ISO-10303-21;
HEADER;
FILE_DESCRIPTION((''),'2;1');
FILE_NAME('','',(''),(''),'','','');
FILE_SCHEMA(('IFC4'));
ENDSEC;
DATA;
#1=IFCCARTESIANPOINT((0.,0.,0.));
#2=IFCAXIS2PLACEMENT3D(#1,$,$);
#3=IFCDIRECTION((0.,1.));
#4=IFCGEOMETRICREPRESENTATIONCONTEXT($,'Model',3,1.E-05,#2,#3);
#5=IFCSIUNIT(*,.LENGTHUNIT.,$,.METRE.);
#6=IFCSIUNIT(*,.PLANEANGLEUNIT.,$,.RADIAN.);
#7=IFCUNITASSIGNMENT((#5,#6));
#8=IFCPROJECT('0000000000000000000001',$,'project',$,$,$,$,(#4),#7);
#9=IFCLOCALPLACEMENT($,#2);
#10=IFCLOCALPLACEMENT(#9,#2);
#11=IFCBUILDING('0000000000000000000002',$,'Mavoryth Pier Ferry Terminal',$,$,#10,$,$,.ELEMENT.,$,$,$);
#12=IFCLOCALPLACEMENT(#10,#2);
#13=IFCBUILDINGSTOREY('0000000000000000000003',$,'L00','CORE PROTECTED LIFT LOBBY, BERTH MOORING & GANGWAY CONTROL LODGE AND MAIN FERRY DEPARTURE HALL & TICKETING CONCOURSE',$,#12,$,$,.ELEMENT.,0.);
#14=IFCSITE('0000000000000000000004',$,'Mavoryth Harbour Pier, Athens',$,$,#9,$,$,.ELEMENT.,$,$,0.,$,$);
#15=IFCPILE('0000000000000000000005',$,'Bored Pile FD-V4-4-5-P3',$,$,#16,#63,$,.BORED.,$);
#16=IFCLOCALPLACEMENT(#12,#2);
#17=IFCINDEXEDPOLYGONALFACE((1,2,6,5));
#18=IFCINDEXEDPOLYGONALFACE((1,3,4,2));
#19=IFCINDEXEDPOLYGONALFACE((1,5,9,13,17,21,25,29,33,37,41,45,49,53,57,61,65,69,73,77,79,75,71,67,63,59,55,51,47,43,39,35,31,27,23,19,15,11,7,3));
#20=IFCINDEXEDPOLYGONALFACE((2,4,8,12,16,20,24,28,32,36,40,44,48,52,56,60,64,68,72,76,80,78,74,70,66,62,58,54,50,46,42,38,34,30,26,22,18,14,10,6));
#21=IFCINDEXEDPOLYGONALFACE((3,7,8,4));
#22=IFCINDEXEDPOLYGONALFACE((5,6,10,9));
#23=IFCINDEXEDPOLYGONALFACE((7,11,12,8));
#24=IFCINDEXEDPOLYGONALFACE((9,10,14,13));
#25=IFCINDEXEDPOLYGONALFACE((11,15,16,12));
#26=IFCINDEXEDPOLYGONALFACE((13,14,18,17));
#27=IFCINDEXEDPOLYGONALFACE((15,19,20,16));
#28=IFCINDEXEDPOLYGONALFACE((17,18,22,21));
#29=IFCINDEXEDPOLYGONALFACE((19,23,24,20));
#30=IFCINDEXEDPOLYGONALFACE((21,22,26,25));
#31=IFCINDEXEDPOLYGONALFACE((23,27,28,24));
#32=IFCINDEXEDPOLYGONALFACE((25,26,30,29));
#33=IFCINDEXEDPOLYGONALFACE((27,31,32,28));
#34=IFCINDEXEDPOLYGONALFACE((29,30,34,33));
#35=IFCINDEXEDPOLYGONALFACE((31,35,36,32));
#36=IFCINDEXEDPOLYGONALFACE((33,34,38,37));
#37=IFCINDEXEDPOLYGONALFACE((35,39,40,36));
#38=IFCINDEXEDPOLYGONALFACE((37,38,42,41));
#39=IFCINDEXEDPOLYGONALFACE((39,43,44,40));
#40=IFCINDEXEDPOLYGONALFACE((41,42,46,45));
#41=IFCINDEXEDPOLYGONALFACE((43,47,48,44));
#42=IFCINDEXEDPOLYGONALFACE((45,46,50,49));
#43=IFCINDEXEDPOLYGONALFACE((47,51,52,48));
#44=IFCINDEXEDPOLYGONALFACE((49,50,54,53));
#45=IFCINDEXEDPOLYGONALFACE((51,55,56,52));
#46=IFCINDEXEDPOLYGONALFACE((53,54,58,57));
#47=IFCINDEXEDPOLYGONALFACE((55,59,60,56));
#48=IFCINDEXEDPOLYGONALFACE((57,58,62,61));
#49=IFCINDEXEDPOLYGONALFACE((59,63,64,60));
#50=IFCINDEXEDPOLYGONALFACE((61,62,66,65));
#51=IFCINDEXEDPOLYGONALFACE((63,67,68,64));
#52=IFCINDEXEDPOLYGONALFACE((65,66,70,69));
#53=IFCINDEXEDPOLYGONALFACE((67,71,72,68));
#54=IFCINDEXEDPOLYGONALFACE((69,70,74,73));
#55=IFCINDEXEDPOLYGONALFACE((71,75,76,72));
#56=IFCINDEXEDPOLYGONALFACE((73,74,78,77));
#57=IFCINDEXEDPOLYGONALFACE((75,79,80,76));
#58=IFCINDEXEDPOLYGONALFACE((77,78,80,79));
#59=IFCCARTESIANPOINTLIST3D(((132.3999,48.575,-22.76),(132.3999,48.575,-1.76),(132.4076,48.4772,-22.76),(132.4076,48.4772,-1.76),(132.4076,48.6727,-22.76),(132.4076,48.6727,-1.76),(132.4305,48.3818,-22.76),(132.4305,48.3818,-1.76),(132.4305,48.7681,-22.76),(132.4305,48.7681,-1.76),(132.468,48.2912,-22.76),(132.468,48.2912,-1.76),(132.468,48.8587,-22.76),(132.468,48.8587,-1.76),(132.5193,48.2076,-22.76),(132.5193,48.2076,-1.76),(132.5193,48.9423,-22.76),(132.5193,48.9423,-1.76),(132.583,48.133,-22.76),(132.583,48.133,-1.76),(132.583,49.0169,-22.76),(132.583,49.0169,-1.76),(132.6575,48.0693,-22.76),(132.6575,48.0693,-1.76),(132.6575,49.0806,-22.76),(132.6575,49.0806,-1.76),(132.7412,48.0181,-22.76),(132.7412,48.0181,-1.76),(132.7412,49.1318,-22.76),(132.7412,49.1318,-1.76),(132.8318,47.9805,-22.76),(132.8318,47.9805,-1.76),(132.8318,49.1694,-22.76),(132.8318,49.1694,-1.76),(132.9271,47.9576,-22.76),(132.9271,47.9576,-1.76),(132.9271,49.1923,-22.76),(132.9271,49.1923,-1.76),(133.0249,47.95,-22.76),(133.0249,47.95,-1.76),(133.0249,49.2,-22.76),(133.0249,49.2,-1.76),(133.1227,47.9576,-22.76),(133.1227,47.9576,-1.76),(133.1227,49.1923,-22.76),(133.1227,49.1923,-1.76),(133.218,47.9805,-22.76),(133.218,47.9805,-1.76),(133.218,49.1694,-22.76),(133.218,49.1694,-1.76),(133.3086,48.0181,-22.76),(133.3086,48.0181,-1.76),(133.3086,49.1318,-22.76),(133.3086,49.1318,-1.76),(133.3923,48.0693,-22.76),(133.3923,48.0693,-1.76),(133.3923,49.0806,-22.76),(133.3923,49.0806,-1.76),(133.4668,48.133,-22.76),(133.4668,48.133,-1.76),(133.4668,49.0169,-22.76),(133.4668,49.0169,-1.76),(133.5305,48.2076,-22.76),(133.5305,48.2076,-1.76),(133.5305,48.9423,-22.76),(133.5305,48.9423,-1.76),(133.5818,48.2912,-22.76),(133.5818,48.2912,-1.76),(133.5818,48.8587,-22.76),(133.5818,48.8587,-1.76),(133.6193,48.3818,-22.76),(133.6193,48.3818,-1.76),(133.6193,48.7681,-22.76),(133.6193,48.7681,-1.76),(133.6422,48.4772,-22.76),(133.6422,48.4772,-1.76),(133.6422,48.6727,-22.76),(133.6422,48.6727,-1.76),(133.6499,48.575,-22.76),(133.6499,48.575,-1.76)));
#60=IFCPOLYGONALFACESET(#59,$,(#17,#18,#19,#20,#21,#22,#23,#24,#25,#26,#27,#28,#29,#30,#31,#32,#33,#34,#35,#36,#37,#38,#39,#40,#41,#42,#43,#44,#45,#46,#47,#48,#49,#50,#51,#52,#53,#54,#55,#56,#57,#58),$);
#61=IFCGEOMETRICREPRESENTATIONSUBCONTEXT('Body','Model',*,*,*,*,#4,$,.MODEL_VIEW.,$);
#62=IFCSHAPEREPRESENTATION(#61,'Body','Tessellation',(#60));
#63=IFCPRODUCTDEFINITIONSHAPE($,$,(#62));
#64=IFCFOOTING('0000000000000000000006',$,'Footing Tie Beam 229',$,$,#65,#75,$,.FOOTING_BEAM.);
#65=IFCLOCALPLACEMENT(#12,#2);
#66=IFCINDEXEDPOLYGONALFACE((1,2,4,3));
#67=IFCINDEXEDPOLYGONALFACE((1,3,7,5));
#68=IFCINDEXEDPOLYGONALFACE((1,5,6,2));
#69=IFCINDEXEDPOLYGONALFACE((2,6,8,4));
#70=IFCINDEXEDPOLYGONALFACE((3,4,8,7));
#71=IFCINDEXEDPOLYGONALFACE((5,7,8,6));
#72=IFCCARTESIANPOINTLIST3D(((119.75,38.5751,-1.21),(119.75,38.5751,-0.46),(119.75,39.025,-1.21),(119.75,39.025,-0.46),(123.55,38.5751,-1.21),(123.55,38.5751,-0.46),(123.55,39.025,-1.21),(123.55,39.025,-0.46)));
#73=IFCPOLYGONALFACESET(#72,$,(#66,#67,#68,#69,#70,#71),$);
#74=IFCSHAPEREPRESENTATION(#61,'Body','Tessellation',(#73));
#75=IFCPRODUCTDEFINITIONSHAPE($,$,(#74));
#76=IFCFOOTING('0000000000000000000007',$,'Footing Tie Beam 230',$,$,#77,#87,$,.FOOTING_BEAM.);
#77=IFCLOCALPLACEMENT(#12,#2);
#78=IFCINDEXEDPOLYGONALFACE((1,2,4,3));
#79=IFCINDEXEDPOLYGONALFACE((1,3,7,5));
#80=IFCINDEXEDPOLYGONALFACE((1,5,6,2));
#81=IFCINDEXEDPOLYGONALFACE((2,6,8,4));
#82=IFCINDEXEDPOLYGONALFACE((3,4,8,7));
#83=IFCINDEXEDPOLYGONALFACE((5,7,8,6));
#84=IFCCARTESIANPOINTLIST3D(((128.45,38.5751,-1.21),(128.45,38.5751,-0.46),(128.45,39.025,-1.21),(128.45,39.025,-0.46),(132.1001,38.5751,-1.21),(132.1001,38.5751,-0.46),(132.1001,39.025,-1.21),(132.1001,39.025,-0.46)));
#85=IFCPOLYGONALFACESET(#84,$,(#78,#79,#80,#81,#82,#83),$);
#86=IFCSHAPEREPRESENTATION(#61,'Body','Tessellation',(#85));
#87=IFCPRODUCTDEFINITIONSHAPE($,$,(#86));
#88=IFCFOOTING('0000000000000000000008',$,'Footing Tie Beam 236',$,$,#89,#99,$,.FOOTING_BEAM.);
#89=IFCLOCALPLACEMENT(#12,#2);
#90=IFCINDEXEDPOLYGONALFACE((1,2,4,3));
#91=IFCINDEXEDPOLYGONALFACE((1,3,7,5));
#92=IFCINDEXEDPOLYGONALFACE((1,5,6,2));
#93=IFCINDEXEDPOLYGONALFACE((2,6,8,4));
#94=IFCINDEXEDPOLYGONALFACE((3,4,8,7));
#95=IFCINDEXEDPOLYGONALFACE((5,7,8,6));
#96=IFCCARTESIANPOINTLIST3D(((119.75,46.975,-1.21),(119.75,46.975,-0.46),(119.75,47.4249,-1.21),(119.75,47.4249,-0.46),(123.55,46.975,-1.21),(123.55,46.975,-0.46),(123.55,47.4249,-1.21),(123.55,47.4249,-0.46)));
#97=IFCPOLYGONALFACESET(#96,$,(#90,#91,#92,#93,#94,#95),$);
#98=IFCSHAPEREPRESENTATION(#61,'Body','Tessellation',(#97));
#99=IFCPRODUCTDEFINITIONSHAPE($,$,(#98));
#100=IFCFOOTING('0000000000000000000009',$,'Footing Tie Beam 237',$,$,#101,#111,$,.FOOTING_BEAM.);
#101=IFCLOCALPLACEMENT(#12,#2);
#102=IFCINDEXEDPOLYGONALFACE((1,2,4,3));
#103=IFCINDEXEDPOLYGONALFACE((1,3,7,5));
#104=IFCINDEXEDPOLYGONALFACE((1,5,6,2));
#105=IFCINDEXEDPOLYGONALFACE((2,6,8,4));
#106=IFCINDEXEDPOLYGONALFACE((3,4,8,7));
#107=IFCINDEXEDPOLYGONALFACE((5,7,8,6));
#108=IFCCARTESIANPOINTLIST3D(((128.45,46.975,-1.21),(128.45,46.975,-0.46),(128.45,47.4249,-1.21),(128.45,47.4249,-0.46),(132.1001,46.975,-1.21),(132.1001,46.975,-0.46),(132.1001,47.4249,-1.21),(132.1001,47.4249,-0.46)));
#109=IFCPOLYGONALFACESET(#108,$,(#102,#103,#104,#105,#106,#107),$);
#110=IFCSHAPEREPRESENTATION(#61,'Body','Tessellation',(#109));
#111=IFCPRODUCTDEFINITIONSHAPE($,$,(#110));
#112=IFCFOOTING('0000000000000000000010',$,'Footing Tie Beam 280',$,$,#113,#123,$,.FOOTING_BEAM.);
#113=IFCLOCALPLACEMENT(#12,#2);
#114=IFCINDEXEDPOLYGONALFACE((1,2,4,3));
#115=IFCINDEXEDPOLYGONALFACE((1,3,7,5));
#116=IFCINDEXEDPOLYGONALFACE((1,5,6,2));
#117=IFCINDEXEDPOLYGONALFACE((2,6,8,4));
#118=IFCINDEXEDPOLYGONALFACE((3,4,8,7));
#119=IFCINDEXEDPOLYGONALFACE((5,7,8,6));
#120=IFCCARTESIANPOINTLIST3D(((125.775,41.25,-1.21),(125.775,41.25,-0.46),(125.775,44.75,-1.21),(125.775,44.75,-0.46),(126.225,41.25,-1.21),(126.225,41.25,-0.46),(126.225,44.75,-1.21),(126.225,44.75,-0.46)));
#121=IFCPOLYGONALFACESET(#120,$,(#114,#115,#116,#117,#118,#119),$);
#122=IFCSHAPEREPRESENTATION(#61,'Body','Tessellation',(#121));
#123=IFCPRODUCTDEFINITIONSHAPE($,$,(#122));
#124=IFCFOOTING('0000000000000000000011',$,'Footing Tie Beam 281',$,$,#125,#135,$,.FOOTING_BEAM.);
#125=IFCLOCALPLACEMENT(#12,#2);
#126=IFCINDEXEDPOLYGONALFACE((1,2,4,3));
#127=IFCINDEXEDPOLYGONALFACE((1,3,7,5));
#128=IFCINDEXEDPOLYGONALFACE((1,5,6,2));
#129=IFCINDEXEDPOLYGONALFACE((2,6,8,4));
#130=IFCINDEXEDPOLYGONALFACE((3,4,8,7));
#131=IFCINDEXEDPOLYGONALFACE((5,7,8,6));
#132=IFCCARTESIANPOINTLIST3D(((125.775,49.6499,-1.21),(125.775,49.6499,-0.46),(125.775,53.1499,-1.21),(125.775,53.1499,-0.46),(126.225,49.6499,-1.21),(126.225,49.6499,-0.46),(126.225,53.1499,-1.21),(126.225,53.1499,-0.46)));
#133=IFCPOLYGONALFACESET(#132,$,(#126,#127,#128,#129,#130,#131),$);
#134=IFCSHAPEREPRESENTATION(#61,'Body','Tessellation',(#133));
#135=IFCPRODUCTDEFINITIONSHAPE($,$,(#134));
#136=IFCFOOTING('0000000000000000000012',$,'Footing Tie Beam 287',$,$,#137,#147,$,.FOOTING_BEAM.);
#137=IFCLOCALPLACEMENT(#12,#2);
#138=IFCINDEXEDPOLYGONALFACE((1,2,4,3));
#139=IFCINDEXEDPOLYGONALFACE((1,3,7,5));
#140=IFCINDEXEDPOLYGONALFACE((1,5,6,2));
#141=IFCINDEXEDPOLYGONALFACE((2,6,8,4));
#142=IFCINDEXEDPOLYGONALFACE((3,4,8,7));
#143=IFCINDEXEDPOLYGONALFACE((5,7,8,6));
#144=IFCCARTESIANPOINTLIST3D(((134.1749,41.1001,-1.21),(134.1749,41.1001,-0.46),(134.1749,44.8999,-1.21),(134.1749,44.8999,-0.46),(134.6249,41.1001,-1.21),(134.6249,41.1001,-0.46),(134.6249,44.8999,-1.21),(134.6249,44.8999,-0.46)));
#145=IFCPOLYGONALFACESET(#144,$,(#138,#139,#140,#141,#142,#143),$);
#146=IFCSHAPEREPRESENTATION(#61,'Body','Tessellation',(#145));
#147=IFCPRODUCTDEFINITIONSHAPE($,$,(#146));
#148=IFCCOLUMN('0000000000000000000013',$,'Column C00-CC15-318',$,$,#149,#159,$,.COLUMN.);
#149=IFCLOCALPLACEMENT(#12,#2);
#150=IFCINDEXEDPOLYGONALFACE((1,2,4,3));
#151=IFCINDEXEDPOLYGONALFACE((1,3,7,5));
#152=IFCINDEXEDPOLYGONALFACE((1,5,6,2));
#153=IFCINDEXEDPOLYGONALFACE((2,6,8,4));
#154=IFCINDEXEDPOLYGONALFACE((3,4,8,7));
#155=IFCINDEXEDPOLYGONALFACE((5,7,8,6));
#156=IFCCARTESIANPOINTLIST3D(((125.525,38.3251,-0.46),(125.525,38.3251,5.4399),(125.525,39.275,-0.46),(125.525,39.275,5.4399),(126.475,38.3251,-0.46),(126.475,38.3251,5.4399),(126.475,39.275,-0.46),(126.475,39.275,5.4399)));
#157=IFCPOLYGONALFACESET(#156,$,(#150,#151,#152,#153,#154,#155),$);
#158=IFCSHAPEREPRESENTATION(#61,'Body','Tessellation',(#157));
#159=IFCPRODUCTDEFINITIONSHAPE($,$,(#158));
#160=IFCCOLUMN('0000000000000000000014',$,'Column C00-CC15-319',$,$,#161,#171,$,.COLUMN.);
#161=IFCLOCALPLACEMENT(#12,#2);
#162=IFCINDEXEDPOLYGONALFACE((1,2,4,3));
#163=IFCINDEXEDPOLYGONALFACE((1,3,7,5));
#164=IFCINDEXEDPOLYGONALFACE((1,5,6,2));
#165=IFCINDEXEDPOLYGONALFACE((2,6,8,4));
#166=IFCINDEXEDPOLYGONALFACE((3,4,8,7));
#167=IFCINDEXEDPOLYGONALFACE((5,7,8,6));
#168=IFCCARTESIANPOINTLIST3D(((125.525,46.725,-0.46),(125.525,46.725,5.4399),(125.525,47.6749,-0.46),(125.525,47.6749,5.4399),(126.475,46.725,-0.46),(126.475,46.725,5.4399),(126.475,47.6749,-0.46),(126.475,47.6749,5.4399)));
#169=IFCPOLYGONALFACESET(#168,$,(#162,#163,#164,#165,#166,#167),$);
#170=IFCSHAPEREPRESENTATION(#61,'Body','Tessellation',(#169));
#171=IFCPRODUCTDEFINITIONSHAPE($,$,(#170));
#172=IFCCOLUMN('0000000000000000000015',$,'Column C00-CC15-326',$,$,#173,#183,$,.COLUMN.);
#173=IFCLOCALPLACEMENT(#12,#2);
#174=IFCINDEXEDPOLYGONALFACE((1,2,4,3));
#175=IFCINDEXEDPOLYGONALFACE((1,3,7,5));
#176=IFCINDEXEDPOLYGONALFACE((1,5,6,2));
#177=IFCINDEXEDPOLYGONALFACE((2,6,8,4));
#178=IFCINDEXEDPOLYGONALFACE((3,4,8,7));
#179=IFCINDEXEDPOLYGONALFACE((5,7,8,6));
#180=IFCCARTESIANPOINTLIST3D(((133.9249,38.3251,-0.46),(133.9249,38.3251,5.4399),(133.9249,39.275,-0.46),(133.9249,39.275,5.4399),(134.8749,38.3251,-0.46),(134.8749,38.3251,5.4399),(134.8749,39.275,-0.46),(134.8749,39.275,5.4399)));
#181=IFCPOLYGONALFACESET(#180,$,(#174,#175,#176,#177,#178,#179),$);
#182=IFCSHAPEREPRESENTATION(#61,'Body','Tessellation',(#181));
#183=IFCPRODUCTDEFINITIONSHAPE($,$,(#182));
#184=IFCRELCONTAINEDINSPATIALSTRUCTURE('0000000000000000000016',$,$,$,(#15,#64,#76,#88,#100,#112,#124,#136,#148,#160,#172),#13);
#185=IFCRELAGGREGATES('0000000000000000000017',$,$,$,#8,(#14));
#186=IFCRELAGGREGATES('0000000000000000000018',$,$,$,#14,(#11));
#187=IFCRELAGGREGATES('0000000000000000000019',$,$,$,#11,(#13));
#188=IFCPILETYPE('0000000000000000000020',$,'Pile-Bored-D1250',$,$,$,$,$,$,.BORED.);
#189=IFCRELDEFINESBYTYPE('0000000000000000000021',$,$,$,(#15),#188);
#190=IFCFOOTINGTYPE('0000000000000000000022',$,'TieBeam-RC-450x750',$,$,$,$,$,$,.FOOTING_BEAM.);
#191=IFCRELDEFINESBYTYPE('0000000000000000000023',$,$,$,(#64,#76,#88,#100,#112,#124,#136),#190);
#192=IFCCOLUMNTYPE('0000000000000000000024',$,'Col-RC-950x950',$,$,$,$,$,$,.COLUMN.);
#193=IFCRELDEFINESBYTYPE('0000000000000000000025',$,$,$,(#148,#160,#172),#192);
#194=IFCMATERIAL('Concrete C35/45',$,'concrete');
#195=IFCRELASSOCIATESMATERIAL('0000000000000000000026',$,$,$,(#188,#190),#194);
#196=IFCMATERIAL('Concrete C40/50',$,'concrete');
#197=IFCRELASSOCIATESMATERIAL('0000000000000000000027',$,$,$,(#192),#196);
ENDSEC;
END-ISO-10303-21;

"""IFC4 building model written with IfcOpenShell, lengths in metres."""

from ifc_helpers import new_model, si_unit, direction, frame, origin, origin_2d, place, context, subcontext, project, spatial, rectangle, circle, extrude, material, material_profile, profile_set, type_object, element, save


model = new_model("IFC4")

# Units and contexts
model_context = context("Model", 3, precision=1e-05, world=origin(), true_north=direction((0.0, 1.0)))
body_context = subcontext(model_context, "Body", "Model", "MODEL_VIEW")
ifc_project = project(units=[si_unit("LENGTHUNIT", "METRE"), si_unit("PLANEANGLEUNIT", "RADIAN")], contexts=[model_context])

# Site, building, storey
site_placement = place(None, origin())
site = spatial("IfcSite", under=ifc_project, at=site_placement, Name="Mavoryth Harbour Pier, Athens", CompositionType="ELEMENT", RefElevation=0.0)
building_placement = place(site_placement, origin())
building = spatial("IfcBuilding", under=site, at=building_placement, Name="Mavoryth Pier Ferry Terminal", CompositionType="ELEMENT")
storey_placement = place(building_placement, origin())
storey = spatial("IfcBuildingStorey", under=building, at=storey_placement, Name="L00", Description="CORE PROTECTED LIFT LOBBY, BERTH MOORING & GANGWAY CONTROL LODGE AND MAIN FERRY DEPARTURE HALL & TICKETING CONCOURSE", CompositionType="ELEMENT", Elevation=0.0)

# Shared definitions
ifc_material_1 = material(Name="Concrete C35/45", Category="concrete")

# Pile
ifc_material_profile_1 = material_profile(ifc_material_1, circle(Radius=0.625, at=origin_2d()), Name="PILE D1250", Category="concrete")
ifc_profile_set_1 = profile_set([ifc_material_profile_1], Name="Concrete C35/45 - PILE D1250")
pile_type_1 = type_object("IfcPileType", Name="Pile-Bored-D1250", PredefinedType="BORED", material=ifc_profile_set_1)
for number, where, z_axis, x_axis, name in (
    (1, (133.0249, 48.575, -1.76), (0.0, 0.0, -1.0), (1.0, 0.0, 0.0), "Bored Pile FD-V4-4-5-P3"),
):
    element("IfcPile", number, at=place(storey_placement, frame(where, z_axis=z_axis, x_axis=x_axis)), inside=storey, type_object=pile_type_1, Name=name, PredefinedType="BORED", context=body_context, shape_type="SweptSolid", body=[
        extrude(circle(Radius=0.625, at=origin_2d()), origin(), (0.0, 0.0, 1.0), 21.0),
    ])

# Footings
ifc_material_profile_2 = material_profile(ifc_material_1, rectangle(XDim=0.45, YDim=0.75, at=origin_2d()), Name="RC 450x750", Category="concrete")
ifc_profile_set_2 = profile_set([ifc_material_profile_2], Name="Concrete C35/45 - RC 450x750")
footing_type_1 = type_object("IfcFootingType", Name="TieBeam-RC-450x750", PredefinedType="FOOTING_BEAM", material=ifc_profile_set_2)
footing_1_placement = place(storey_placement, frame((119.75, 38.8, -0.835), z_axis=(1.0, 0.0, 0.0), x_axis=(0.0, 1.0, 0.0)))
element("IfcFooting", 2, at=footing_1_placement, inside=storey, type_object=footing_type_1, Name="Footing Tie Beam 229", PredefinedType="FOOTING_BEAM", context=body_context, shape_type="SweptSolid", body=[
    extrude(rectangle(XDim=0.45, YDim=0.75, at=origin_2d()), origin(), (0.0, 0.0, 1.0), 3.8),
])
footing_2_placement = place(storey_placement, frame((128.45, 38.8, -0.835), z_axis=(1.0, 0.0, 0.0), x_axis=(0.0, 1.0, 0.0)))
element("IfcFooting", 3, at=footing_2_placement, inside=storey, type_object=footing_type_1, Name="Footing Tie Beam 230", PredefinedType="FOOTING_BEAM", context=body_context, shape_type="SweptSolid", body=[
    extrude(rectangle(XDim=0.45, YDim=0.75, at=origin_2d()), origin(), (0.0, 0.0, 1.0), 3.6501),
])
footing_3_placement = place(storey_placement, frame((119.75, 47.2, -0.835), z_axis=(1.0, 0.0, 0.0), x_axis=(0.0, 1.0, 0.0)))
element("IfcFooting", 4, at=footing_3_placement, inside=storey, type_object=footing_type_1, Name="Footing Tie Beam 236", PredefinedType="FOOTING_BEAM", context=body_context, shape_type="SweptSolid", body=[
    extrude(rectangle(XDim=0.45, YDim=0.75, at=origin_2d()), origin(), (0.0, 0.0, 1.0), 3.8),
])
footing_4_placement = place(storey_placement, frame((128.45, 47.2, -0.835), z_axis=(1.0, 0.0, 0.0), x_axis=(0.0, 1.0, 0.0)))
element("IfcFooting", 5, at=footing_4_placement, inside=storey, type_object=footing_type_1, Name="Footing Tie Beam 237", PredefinedType="FOOTING_BEAM", context=body_context, shape_type="SweptSolid", body=[
    extrude(rectangle(XDim=0.45, YDim=0.75, at=origin_2d()), origin(), (0.0, 0.0, 1.0), 3.6501),
])
for number, where, z_axis, x_axis, name in (
    (6, (126.0, 41.25, -0.835), (0.0, 1.0, 0.0), (-1.0, 0.0, 0.0), "Footing Tie Beam 280"),
    (7, (126.0, 49.6499, -0.835), (0.0, 1.0, 0.0), (-1.0, 0.0, 0.0), "Footing Tie Beam 281"),
):
    element("IfcFooting", number, at=place(storey_placement, frame(where, z_axis=z_axis, x_axis=x_axis)), inside=storey, type_object=footing_type_1, Name=name, PredefinedType="FOOTING_BEAM", context=body_context, shape_type="SweptSolid", body=[
        extrude(rectangle(XDim=0.45, YDim=0.75, at=origin_2d()), origin(), (0.0, 0.0, 1.0), 3.5),
    ])
footing_5_placement = place(storey_placement, frame((134.3999, 41.1001, -0.835), z_axis=(0.0, 1.0, 0.0), x_axis=(-1.0, 0.0, 0.0)))
element("IfcFooting", 8, at=footing_5_placement, inside=storey, type_object=footing_type_1, Name="Footing Tie Beam 287", PredefinedType="FOOTING_BEAM", context=body_context, shape_type="SweptSolid", body=[
    extrude(rectangle(XDim=0.45, YDim=0.75, at=origin_2d()), origin(), (0.0, 0.0, 1.0), 3.7998),
])

# Columns
ifc_material_2 = material(Name="Concrete C40/50", Category="concrete")
ifc_material_profile_3 = material_profile(ifc_material_2, rectangle(XDim=0.95, YDim=0.95, at=origin_2d()), Name="RC 950x950", Category="concrete")
ifc_profile_set_3 = profile_set([ifc_material_profile_3], Name="Concrete C40/50 - RC 950x950")
column_type = type_object("IfcColumnType", Name="Col-RC-950x950", PredefinedType="COLUMN", material=ifc_profile_set_3)
for number, where, z_axis, x_axis, name in (
    (9, (126.0, 38.8, -0.46), (0.0, 0.0, 1.0), (1.0, 0.0, 0.0), "Column C00-CC15-318"),
    (10, (126.0, 47.2, -0.46), (0.0, 0.0, 1.0), (1.0, 0.0, 0.0), "Column C00-CC15-319"),
    (11, (134.3999, 38.8, -0.46), (0.0, 0.0, 1.0), (1.0, 0.0, 0.0), "Column C00-CC15-326"),
):
    element("IfcColumn", number, at=place(storey_placement, frame(where, z_axis=z_axis, x_axis=x_axis)), inside=storey, type_object=column_type, Name=name, PredefinedType="COLUMN", context=body_context, shape_type="SweptSolid", body=[
        extrude(rectangle(XDim=0.95, YDim=0.95, at=origin_2d()), origin(), (0.0, 0.0, 1.0), 5.8999),
    ])

save(model, "model.ifc")
